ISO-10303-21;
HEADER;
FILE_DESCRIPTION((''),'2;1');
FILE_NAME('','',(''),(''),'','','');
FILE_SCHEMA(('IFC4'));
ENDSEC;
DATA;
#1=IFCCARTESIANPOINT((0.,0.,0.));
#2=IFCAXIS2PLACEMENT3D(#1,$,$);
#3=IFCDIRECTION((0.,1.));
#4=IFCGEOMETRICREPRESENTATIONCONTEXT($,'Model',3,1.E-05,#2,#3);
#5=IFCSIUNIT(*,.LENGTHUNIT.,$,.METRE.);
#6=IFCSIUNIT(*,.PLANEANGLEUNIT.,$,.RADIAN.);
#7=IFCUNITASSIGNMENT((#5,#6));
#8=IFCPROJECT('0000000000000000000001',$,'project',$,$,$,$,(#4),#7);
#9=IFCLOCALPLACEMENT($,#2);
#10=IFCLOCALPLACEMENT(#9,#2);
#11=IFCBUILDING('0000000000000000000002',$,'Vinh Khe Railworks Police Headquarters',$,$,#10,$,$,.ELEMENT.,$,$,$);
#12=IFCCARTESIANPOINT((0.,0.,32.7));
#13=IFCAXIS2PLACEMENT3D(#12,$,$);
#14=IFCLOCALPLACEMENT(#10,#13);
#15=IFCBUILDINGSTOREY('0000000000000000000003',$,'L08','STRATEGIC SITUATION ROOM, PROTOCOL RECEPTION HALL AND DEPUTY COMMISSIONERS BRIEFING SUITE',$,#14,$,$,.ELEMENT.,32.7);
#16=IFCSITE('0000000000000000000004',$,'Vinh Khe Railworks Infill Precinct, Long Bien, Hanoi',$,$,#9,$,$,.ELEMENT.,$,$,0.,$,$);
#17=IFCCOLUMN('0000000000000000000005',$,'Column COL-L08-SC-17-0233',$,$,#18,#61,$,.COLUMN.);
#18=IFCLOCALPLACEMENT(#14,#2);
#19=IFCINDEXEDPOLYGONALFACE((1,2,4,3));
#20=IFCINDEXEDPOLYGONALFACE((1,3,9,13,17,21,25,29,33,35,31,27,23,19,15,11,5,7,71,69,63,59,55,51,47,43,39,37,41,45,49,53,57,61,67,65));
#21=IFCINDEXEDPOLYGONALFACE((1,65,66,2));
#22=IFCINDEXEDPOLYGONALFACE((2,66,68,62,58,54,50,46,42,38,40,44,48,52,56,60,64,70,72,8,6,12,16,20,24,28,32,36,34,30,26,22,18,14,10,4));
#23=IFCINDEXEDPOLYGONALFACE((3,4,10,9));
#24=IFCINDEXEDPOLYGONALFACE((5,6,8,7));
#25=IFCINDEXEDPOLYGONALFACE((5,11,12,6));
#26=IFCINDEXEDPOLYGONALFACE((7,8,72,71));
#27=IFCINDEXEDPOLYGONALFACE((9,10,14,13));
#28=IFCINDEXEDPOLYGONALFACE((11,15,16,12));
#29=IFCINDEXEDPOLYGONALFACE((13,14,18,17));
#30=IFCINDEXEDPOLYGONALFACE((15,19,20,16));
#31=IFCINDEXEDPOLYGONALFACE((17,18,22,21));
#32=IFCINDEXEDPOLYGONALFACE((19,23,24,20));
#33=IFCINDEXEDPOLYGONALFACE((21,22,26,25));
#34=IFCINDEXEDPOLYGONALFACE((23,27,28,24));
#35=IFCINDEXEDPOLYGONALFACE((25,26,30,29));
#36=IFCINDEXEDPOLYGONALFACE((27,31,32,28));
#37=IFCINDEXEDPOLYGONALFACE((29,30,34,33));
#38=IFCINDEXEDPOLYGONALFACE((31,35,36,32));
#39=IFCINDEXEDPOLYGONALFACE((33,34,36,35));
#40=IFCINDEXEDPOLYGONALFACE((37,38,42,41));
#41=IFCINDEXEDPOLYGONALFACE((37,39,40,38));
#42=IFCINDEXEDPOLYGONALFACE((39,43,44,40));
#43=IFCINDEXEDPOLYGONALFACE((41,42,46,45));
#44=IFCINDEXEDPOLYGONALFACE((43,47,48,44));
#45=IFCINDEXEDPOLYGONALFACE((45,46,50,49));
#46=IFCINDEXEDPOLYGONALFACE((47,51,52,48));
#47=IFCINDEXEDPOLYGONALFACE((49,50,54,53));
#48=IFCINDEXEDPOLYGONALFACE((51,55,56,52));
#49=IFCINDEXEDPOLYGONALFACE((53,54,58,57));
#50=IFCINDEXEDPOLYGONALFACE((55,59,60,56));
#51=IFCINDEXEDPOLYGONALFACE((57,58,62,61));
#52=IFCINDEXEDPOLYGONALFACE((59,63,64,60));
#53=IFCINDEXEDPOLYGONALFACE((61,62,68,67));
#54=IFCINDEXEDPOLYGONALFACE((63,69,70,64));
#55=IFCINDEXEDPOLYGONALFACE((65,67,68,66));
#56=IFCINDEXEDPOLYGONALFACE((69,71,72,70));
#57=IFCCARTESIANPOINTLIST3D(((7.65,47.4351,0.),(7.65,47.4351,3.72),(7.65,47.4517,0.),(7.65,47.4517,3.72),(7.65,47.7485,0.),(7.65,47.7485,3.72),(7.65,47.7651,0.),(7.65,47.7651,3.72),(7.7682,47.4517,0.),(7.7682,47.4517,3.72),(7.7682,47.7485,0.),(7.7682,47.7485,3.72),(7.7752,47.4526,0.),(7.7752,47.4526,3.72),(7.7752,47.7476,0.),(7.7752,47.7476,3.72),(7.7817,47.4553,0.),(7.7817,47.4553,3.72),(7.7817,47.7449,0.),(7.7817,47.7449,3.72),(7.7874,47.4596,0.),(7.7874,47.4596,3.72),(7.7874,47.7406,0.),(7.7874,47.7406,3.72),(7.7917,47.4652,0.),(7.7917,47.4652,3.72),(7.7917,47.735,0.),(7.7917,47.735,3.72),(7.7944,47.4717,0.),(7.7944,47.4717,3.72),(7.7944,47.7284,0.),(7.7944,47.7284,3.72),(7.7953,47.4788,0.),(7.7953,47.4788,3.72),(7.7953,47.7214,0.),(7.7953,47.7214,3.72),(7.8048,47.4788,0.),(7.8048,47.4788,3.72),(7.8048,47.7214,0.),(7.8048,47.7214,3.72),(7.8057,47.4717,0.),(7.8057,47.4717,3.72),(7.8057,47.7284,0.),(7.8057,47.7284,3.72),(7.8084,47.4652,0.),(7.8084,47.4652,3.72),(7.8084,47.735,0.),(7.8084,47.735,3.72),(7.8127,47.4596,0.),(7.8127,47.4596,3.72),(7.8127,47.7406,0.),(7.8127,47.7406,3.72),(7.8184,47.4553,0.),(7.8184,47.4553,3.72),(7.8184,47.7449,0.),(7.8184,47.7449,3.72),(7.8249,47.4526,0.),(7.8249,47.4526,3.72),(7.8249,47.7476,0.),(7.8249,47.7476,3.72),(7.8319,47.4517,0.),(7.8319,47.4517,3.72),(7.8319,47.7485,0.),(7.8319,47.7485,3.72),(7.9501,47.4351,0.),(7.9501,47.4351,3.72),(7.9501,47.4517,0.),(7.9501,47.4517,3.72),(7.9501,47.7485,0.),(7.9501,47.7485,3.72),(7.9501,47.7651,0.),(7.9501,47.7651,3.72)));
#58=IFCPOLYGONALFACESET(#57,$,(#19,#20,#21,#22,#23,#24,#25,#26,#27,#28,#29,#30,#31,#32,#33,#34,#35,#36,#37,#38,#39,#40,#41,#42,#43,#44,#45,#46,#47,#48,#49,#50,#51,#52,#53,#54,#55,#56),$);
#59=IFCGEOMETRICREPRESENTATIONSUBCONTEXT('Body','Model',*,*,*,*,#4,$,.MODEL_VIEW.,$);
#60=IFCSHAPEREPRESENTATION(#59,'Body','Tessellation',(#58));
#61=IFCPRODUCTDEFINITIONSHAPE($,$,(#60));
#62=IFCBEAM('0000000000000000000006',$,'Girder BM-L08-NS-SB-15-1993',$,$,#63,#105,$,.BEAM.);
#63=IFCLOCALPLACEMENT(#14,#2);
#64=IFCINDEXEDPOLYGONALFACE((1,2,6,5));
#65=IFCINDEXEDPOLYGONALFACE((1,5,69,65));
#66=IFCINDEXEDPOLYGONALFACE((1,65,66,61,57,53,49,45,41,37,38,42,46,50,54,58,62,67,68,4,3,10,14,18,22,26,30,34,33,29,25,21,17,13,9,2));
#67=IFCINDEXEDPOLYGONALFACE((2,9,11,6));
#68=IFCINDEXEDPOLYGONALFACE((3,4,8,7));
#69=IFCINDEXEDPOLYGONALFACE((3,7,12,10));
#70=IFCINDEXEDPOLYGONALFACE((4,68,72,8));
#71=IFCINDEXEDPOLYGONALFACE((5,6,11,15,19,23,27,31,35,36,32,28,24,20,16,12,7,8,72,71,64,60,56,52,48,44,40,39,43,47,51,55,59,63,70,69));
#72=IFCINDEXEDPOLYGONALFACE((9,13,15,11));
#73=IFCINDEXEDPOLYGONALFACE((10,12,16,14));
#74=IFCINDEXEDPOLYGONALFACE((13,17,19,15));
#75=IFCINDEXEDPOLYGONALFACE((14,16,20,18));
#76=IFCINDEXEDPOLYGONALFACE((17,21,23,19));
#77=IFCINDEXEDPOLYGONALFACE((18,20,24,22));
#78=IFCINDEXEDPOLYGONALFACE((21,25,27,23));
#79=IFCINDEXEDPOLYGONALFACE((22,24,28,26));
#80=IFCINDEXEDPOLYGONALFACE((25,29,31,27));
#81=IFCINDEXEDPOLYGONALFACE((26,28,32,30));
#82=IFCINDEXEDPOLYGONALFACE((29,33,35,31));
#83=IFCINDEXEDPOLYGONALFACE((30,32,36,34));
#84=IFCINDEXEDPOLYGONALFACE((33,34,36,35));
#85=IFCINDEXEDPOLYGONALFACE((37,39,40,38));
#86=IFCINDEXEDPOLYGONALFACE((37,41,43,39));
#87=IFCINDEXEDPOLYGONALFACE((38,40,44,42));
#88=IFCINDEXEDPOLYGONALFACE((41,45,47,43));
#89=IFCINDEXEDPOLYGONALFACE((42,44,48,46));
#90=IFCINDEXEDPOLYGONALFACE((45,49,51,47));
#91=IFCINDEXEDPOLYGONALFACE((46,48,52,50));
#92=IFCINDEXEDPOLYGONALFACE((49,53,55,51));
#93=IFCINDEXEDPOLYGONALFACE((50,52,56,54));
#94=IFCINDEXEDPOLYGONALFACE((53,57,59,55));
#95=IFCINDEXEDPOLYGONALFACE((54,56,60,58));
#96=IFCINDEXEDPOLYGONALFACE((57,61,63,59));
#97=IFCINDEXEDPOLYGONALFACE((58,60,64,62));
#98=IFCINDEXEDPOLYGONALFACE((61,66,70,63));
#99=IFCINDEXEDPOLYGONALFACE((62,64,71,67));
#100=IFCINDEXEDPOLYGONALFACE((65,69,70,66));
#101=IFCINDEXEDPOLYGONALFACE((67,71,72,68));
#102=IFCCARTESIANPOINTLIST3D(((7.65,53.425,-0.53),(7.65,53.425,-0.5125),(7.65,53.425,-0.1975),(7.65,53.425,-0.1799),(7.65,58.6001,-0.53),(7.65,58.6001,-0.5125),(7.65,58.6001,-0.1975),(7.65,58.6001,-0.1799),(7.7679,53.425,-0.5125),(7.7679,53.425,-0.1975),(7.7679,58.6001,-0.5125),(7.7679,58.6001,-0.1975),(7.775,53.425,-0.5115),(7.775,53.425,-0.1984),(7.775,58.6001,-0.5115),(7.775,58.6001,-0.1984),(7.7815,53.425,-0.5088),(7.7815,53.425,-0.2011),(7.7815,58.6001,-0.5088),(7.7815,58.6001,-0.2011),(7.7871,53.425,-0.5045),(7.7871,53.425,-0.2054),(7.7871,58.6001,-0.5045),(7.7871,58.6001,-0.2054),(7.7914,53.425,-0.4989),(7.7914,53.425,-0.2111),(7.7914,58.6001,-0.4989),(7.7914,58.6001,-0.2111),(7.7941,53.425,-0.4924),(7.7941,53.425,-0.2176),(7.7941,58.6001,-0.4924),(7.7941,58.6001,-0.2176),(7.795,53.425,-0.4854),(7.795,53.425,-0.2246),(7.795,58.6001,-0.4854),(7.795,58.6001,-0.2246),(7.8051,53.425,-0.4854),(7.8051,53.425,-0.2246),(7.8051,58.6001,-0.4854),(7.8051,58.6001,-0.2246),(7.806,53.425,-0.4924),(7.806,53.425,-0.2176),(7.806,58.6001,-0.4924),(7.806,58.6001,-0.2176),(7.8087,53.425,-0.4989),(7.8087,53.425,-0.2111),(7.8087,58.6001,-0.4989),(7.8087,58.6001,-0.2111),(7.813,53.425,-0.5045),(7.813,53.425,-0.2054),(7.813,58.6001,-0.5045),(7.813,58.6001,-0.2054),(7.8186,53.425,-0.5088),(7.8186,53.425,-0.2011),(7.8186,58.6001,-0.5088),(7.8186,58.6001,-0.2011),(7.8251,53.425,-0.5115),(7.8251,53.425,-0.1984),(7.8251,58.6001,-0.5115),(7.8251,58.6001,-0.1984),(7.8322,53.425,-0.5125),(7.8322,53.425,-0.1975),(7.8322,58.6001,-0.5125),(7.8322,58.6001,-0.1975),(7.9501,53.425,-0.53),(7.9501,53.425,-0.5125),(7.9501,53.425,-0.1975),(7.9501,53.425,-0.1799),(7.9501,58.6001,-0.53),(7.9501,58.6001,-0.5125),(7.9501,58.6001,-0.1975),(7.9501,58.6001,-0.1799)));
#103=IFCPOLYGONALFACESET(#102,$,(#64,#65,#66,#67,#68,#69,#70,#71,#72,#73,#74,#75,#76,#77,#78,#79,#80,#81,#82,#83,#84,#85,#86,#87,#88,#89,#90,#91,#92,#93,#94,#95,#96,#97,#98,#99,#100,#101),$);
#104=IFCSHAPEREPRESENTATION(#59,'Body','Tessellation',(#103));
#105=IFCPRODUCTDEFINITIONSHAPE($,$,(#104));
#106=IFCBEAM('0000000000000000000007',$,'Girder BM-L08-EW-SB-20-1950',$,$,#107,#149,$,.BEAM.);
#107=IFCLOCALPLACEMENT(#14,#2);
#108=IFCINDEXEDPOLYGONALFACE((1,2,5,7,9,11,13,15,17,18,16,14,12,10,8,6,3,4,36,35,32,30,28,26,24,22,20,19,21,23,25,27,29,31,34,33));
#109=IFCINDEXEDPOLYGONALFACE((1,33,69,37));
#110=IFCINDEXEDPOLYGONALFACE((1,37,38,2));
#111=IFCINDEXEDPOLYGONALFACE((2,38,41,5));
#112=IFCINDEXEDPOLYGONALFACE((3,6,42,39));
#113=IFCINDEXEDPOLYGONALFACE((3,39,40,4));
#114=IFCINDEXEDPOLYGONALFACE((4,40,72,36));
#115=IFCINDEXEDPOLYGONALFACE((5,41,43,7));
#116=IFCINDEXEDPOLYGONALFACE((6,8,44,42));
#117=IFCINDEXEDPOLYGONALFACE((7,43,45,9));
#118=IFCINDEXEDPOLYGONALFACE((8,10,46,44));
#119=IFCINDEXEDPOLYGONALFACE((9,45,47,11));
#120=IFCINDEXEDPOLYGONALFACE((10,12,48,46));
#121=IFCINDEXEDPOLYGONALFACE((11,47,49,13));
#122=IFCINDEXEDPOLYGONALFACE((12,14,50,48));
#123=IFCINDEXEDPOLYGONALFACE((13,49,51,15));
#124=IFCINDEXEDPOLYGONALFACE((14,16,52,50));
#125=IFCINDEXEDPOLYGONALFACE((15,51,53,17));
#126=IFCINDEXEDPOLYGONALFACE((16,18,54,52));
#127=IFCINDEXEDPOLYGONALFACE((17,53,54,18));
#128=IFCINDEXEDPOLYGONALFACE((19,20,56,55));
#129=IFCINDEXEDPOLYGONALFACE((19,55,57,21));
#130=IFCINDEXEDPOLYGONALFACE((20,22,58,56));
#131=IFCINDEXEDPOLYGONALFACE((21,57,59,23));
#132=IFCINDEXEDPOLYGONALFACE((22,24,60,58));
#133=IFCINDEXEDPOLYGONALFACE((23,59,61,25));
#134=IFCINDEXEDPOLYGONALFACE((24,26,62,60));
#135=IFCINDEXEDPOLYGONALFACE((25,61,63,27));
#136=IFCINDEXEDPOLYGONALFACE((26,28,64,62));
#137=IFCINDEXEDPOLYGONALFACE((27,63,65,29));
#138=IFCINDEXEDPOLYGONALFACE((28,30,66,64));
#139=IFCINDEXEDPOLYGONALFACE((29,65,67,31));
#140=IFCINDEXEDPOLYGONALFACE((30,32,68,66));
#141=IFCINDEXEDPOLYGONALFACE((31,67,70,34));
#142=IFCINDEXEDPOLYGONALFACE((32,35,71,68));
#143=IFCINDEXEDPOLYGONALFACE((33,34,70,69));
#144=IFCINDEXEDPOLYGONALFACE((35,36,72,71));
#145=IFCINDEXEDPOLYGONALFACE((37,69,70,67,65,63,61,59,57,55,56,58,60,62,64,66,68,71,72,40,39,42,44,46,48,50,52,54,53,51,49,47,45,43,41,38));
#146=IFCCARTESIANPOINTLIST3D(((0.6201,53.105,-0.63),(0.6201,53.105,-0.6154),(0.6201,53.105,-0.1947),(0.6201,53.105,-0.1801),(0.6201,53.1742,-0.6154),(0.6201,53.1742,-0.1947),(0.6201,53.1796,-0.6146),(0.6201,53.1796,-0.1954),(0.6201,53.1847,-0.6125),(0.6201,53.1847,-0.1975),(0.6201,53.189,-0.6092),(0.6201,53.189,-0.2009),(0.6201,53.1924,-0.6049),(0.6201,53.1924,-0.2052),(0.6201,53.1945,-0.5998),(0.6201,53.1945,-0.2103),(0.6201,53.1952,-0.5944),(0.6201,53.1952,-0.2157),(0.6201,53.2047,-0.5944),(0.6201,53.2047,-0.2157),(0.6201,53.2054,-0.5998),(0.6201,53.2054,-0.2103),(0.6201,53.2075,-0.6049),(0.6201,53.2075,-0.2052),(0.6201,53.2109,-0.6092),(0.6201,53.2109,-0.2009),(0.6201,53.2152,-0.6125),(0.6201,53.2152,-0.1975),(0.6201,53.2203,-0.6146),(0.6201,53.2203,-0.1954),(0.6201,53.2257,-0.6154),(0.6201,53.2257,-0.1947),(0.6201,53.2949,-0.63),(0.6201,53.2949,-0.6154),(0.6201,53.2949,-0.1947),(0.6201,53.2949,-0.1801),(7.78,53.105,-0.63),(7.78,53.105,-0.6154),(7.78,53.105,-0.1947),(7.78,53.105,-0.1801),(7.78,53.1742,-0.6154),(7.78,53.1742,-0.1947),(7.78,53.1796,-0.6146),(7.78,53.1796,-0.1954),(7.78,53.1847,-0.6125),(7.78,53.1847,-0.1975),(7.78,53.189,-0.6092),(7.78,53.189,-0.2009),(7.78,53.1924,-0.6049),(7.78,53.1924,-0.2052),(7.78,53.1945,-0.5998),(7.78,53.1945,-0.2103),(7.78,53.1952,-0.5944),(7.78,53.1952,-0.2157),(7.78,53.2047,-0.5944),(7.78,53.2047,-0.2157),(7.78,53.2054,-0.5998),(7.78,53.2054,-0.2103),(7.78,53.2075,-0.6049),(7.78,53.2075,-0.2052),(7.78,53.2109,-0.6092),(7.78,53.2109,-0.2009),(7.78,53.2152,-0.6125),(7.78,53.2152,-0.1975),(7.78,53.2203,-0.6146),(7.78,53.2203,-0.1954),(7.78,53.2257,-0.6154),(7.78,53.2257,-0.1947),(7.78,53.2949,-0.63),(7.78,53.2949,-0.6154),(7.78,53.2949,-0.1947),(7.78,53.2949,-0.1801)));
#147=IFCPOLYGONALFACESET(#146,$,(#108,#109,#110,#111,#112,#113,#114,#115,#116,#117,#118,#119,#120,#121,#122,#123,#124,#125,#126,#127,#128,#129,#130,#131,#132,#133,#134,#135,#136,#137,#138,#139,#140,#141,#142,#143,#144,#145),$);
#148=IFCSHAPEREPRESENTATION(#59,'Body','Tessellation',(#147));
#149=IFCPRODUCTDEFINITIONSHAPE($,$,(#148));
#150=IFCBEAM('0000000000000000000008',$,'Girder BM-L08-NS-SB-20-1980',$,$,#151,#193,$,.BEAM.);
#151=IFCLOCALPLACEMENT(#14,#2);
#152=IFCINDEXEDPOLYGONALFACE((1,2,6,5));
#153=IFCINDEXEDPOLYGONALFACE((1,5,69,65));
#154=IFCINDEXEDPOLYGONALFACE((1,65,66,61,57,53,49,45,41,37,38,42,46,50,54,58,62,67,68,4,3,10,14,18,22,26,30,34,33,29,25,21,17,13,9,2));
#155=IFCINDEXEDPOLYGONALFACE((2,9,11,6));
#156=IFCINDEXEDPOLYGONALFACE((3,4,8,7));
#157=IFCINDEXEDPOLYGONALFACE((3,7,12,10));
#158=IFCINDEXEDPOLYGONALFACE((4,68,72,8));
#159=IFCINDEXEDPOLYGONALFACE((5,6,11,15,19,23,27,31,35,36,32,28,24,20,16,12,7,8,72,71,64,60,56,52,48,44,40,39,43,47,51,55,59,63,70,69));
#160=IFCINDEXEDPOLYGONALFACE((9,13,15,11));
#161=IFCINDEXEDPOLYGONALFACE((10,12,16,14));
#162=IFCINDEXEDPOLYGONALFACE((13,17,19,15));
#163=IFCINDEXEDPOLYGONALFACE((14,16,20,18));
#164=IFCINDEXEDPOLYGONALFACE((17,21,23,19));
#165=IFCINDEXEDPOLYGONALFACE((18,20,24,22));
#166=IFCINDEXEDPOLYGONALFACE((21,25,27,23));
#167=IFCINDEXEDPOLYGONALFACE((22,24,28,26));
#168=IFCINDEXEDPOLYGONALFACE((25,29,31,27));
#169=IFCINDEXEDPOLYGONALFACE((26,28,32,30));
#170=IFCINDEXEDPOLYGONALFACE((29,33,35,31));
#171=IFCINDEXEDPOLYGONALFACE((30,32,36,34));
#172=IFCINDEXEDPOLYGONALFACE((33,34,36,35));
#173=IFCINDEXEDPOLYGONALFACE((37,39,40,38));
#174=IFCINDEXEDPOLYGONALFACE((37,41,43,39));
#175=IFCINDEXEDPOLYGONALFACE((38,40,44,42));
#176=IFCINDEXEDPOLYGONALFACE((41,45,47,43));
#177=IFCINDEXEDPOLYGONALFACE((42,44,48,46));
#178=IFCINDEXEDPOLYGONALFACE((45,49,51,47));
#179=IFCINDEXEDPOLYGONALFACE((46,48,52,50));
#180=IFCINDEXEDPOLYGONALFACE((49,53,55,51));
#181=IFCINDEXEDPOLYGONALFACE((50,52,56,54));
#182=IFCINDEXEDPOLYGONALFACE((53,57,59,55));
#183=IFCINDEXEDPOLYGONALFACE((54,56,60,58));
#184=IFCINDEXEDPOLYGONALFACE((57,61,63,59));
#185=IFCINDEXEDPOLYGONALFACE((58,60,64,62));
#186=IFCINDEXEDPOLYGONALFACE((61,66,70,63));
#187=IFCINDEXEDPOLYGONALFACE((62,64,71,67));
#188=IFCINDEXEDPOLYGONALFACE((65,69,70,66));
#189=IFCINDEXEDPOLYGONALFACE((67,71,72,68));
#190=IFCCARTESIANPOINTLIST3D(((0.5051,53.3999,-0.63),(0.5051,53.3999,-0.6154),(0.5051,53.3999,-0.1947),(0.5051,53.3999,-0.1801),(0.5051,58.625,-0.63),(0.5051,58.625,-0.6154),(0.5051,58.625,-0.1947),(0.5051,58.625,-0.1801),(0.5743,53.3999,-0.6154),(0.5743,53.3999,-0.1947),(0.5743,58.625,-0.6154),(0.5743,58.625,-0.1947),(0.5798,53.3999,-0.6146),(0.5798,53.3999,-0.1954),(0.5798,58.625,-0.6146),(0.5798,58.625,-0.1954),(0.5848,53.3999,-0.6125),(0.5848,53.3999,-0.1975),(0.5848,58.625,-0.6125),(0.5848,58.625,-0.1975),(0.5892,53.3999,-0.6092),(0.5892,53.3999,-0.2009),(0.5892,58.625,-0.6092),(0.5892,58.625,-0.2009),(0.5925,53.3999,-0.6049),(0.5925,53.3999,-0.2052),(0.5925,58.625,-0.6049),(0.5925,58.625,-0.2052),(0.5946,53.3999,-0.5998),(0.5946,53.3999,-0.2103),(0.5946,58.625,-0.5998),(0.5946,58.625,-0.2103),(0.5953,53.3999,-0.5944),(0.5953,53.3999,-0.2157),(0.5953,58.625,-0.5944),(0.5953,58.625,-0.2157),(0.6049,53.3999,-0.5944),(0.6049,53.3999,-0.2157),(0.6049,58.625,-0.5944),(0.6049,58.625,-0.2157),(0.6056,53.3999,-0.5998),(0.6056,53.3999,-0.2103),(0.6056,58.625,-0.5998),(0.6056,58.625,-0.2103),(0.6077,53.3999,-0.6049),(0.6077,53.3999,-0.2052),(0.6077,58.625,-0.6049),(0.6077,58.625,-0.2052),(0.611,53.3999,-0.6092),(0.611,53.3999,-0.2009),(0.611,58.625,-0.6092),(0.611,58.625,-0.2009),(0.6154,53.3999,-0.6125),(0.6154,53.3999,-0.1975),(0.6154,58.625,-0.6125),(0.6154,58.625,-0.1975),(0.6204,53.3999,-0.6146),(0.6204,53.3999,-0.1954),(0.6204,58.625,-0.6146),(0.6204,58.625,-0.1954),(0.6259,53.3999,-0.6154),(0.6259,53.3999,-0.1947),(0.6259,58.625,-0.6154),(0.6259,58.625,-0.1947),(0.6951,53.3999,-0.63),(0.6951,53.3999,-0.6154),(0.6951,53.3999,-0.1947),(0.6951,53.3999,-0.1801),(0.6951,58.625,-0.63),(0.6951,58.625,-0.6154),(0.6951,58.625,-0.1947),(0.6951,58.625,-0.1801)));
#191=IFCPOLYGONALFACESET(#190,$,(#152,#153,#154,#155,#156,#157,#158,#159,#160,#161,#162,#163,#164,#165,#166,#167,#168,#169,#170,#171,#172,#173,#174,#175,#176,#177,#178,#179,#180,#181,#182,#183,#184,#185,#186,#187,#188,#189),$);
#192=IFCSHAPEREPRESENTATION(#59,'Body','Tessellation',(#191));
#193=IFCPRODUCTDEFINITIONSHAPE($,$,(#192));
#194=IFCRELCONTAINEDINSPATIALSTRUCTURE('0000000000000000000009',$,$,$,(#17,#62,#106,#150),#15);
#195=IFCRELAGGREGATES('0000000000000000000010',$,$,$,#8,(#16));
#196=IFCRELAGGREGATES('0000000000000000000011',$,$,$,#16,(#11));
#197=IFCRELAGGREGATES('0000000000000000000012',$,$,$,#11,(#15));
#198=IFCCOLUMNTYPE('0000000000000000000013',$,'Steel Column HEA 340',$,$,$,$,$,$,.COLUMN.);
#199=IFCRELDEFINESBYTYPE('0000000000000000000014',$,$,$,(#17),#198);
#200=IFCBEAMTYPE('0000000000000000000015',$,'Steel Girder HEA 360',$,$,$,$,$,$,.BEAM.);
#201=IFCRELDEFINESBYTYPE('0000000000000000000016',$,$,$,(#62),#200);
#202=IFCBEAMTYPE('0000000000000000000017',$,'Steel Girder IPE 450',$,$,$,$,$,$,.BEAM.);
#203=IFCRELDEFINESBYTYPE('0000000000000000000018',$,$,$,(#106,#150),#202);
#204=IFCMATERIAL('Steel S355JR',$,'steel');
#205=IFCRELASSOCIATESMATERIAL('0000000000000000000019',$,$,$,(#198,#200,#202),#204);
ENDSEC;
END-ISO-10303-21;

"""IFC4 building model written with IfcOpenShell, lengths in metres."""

from ifc_helpers import new_model, si_unit, direction, frame, origin, origin_2d, place, context, subcontext, project, spatial, i_section, extrude, material, material_profile, profile_set, type_object, element, save


model = new_model("IFC4")

# Units and contexts
model_context = context("Model", 3, precision=1e-05, world=origin(), true_north=direction((0.0, 1.0)))
body_context = subcontext(model_context, "Body", "Model", "MODEL_VIEW")
ifc_project = project(units=[si_unit("LENGTHUNIT", "METRE"), si_unit("PLANEANGLEUNIT", "RADIAN")], contexts=[model_context])

# Site, building, storey
site_placement = place(None, origin())
site = spatial("IfcSite", under=ifc_project, at=site_placement, Name="Vinh Khe Railworks Infill Precinct, Long Bien, Hanoi", CompositionType="ELEMENT", RefElevation=0.0)
building_placement = place(site_placement, origin())
building = spatial("IfcBuilding", under=site, at=building_placement, Name="Vinh Khe Railworks Police Headquarters", CompositionType="ELEMENT")
storey_placement = place(building_placement, frame((0.0, 0.0, 32.7)))
storey = spatial("IfcBuildingStorey", under=building, at=storey_placement, Name="L08", Description="STRATEGIC SITUATION ROOM, PROTOCOL RECEPTION HALL AND DEPUTY COMMISSIONERS BRIEFING SUITE", CompositionType="ELEMENT", Elevation=32.7)

# Column
ifc_material_1 = material(Name="Steel S355JR", Category="steel")
ifc_material_profile_1 = material_profile(ifc_material_1, i_section(OverallWidth=0.3, OverallDepth=0.3301, WebThickness=0.0095, FlangeThickness=0.0166, FilletRadius=0.0271, at=origin_2d()), Name="HEA 340")
ifc_profile_set_1 = profile_set([ifc_material_profile_1], Name="Steel S355JR")
column_type_1 = type_object("IfcColumnType", Name="Steel Column HEA 340", PredefinedType="COLUMN", material=ifc_profile_set_1)
column_1_placement = place(storey_placement, frame((7.8, 47.6001, 0.0), z_axis=(0.0, 0.0, 1.0), x_axis=(1.0, 0.0, 0.0)))
element("IfcColumn", 1, at=column_1_placement, inside=storey, type_object=column_type_1, Name="Column COL-L08-SC-17-0233", PredefinedType="COLUMN", context=body_context, shape_type="SweptSolid", body=[
    extrude(i_section(OverallWidth=0.3, OverallDepth=0.3301, WebThickness=0.0095, FlangeThickness=0.0166, FilletRadius=0.0271, at=origin_2d()), origin(), (0.0, 0.0, 1.0), 3.72),
])

# Beams
ifc_material_profile_2 = material_profile(ifc_material_1, i_section(OverallWidth=0.3, OverallDepth=0.3501, WebThickness=0.01, FlangeThickness=0.0176, FilletRadius=0.0271, at=origin_2d()), Name="HEA 360")
ifc_profile_set_2 = profile_set([ifc_material_profile_2], Name="Steel S355JR")
beam_type_1 = type_object("IfcBeamType", Name="Steel Girder HEA 360", PredefinedType="BEAM", material=ifc_profile_set_2)
beam_1_placement = place(storey_placement, frame((7.8, 53.425, -0.355), z_axis=(0.0, 1.0, 0.0), x_axis=(-1.0, 0.0, 0.0)))
element("IfcBeam", 2, at=beam_1_placement, inside=storey, type_object=beam_type_1, Name="Girder BM-L08-NS-SB-15-1993", PredefinedType="BEAM", context=body_context, shape_type="SweptSolid", body=[
    extrude(i_section(OverallWidth=0.3, OverallDepth=0.3501, WebThickness=0.01, FlangeThickness=0.0176, FilletRadius=0.0271, at=origin_2d()), origin(), (0.0, 0.0, 1.0), 5.175),
])
ifc_material_profile_3 = material_profile(ifc_material_1, i_section(OverallWidth=0.1899, OverallDepth=0.45, WebThickness=0.0095, FlangeThickness=0.0146, FilletRadius=0.021, at=origin_2d()), Name="IPE 450")
ifc_profile_set_3 = profile_set([ifc_material_profile_3], Name="Steel S355JR")
beam_type_2 = type_object("IfcBeamType", Name="Steel Girder IPE 450", PredefinedType="BEAM", material=ifc_profile_set_3)
beam_2_placement = place(storey_placement, frame((0.6201, 53.2, -0.405), z_axis=(1.0, 0.0, 0.0), x_axis=(0.0, 1.0, 0.0)))
element("IfcBeam", 3, at=beam_2_placement, inside=storey, type_object=beam_type_2, Name="Girder BM-L08-EW-SB-20-1950", PredefinedType="BEAM", context=body_context, shape_type="SweptSolid", body=[
    extrude(i_section(OverallWidth=0.1899, OverallDepth=0.45, WebThickness=0.0095, FlangeThickness=0.0146, FilletRadius=0.021, at=origin_2d()), origin(), (0.0, 0.0, 1.0), 7.1599),
])
beam_3_placement = place(storey_placement, frame((0.6001, 53.3999, -0.405), z_axis=(0.0, 1.0, 0.0), x_axis=(-1.0, 0.0, 0.0)))
element("IfcBeam", 4, at=beam_3_placement, inside=storey, type_object=beam_type_2, Name="Girder BM-L08-NS-SB-20-1980", PredefinedType="BEAM", context=body_context, shape_type="SweptSolid", body=[
    extrude(i_section(OverallWidth=0.1899, OverallDepth=0.45, WebThickness=0.0095, FlangeThickness=0.0146, FilletRadius=0.021, at=origin_2d()), origin(), (0.0, 0.0, 1.0), 5.2251),
])

save(model, "model.ifc")
